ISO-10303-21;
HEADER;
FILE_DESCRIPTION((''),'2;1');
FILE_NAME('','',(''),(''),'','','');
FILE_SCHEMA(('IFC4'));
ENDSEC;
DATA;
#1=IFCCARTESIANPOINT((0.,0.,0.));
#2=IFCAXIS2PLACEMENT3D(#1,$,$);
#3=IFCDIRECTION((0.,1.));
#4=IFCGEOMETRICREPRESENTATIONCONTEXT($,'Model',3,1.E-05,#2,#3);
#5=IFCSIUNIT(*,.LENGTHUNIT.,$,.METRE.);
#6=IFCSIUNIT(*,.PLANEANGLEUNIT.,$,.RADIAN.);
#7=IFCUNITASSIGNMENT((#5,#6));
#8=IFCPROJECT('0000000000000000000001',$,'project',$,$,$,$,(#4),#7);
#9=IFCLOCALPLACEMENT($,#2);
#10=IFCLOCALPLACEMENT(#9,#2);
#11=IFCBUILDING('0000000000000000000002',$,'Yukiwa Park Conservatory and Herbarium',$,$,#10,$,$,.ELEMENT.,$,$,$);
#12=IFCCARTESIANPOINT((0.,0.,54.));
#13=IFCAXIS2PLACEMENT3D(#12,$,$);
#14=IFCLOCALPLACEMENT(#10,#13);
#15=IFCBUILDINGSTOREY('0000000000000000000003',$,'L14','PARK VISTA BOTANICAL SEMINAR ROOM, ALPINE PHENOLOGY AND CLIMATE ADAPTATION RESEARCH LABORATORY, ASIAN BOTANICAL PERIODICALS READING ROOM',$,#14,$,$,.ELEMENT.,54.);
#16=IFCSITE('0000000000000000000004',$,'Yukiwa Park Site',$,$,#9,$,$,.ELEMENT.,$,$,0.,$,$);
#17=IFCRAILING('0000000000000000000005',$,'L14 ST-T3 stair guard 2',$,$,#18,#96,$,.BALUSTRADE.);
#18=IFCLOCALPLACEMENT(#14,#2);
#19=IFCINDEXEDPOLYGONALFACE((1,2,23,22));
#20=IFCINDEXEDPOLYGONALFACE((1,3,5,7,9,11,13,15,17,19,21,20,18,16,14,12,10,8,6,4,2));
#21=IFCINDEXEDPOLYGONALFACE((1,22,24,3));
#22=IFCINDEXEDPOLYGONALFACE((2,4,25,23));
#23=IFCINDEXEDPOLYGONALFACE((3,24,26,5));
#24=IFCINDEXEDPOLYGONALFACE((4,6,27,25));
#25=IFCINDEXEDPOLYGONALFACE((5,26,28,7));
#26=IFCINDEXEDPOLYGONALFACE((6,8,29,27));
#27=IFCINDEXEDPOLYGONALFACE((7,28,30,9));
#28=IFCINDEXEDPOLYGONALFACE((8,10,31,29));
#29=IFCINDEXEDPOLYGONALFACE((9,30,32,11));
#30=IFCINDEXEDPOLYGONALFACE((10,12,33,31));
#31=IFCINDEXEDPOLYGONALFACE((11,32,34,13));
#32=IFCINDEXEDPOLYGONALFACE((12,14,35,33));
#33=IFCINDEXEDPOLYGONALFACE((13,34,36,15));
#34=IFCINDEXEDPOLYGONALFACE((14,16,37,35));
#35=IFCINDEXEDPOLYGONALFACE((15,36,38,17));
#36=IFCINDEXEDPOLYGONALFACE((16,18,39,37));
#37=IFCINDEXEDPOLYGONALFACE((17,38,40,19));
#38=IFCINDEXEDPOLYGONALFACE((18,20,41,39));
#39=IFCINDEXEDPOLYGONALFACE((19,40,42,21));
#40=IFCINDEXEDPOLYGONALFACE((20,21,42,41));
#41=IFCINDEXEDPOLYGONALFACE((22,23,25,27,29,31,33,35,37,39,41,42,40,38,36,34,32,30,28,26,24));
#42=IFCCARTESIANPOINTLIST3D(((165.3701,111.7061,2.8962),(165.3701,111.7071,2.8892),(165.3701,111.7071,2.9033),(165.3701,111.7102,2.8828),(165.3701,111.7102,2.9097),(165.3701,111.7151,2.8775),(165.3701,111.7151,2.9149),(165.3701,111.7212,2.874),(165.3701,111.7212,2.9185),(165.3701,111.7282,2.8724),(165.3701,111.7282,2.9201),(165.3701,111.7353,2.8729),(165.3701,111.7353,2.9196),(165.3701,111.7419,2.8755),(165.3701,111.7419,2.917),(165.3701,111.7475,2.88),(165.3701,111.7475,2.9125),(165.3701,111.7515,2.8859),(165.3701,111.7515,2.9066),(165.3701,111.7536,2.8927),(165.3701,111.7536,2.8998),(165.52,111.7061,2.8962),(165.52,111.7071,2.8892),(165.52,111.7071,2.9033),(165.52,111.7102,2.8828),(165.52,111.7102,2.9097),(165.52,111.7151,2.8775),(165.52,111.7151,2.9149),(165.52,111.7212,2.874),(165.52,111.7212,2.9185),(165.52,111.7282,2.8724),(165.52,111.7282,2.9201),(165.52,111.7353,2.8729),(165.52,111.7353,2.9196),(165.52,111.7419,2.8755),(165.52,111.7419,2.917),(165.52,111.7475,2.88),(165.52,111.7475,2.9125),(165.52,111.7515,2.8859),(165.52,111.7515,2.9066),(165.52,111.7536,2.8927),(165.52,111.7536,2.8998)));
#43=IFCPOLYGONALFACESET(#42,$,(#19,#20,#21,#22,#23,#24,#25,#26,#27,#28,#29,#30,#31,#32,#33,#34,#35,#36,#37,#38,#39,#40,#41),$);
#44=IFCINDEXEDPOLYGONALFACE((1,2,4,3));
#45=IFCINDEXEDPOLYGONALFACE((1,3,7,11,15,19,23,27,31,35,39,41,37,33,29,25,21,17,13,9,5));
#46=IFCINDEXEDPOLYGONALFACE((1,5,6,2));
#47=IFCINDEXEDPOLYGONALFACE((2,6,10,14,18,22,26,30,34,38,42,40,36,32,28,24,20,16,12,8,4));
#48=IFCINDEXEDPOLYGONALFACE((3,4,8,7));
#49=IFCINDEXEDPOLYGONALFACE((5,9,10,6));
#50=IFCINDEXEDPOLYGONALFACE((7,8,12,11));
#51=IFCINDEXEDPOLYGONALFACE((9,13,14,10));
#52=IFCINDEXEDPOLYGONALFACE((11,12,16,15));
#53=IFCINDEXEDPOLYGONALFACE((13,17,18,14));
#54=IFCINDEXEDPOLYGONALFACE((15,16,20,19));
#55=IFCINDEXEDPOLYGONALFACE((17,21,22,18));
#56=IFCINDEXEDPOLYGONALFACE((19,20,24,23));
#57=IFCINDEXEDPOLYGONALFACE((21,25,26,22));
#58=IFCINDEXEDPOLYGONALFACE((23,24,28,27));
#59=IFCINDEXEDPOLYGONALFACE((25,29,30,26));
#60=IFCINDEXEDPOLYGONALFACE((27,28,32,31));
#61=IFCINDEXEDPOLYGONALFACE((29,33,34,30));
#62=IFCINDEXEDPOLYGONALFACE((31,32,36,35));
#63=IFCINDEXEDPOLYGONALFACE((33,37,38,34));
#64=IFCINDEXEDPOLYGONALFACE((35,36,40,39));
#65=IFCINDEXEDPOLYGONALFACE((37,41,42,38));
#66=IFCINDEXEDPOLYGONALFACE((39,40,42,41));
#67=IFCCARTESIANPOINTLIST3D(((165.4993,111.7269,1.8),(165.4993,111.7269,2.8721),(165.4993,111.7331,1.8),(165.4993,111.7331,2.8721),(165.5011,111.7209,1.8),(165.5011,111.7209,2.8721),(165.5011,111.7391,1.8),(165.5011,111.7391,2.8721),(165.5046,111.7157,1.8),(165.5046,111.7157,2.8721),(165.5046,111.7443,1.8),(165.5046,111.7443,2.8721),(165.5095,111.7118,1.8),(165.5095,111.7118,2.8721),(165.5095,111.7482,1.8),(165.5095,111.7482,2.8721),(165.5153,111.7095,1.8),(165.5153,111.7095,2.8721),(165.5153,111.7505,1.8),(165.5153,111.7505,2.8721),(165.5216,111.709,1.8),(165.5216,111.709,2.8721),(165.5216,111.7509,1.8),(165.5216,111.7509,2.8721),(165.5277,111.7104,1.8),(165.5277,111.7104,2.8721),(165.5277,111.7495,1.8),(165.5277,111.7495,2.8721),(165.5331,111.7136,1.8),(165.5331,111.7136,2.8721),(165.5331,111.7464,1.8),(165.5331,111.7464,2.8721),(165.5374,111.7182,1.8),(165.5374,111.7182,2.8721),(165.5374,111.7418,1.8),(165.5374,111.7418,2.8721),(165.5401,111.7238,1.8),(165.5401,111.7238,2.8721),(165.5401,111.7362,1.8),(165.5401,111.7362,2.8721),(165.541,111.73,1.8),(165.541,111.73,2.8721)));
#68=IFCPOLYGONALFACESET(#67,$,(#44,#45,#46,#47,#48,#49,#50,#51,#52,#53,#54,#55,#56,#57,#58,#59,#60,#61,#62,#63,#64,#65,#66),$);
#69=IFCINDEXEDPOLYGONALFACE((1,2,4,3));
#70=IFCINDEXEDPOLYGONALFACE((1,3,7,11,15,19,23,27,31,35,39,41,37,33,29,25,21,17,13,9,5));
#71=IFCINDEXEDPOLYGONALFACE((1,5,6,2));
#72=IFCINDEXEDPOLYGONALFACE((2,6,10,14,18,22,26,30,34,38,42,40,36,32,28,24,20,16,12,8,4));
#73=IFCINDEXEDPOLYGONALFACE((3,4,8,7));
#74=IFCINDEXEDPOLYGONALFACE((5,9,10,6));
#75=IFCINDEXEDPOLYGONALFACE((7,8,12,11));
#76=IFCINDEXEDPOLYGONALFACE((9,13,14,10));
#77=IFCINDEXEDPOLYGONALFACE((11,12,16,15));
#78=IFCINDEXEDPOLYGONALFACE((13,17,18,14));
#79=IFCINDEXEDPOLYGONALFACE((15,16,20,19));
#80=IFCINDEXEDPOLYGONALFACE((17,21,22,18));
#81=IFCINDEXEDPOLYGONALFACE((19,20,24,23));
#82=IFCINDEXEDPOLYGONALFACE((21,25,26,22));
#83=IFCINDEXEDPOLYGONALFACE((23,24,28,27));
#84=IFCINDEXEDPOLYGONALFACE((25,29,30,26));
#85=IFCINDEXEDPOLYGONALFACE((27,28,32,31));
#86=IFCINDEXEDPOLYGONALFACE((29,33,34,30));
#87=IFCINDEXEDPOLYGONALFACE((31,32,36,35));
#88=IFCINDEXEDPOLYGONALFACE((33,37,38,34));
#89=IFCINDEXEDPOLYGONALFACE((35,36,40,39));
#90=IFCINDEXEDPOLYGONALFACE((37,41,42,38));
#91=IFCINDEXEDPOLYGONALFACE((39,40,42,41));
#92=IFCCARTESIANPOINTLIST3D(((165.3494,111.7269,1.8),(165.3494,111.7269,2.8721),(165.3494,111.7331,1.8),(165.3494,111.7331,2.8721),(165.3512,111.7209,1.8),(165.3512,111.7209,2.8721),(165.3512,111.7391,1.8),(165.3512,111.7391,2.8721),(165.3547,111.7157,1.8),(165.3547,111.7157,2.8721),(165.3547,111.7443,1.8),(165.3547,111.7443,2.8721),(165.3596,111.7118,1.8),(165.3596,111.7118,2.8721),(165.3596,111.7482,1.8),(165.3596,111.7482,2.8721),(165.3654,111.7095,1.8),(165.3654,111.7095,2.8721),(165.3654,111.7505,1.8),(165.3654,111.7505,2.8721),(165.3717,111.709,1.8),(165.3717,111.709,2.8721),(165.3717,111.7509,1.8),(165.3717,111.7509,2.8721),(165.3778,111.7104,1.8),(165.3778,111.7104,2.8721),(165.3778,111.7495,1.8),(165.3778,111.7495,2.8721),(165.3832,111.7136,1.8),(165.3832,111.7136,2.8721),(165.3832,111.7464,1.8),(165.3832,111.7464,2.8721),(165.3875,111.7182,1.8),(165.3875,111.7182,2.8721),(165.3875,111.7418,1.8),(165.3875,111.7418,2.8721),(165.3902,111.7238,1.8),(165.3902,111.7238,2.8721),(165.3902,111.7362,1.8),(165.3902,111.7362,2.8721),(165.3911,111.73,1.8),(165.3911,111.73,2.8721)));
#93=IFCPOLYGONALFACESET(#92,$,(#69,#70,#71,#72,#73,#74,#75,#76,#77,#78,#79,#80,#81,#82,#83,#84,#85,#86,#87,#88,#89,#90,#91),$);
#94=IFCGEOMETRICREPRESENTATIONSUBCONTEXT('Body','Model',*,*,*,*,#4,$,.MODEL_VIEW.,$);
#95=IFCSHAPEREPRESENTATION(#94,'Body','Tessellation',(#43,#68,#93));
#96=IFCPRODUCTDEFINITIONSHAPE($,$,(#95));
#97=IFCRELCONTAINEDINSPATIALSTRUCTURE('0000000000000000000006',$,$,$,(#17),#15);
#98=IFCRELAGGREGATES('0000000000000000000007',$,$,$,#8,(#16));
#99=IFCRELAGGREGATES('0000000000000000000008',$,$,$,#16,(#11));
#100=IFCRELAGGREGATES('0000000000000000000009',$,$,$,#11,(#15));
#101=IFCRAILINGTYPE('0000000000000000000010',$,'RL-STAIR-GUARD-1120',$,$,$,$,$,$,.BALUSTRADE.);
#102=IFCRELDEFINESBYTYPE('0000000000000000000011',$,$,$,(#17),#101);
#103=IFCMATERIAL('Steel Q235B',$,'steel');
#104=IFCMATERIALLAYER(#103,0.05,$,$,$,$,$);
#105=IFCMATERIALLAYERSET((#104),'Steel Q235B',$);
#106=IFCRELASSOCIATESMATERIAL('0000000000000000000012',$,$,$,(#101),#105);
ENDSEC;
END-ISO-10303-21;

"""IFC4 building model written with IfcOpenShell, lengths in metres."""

from ifc_helpers import new_model, si_unit, direction, frame, origin, origin_2d, place, context, subcontext, project, spatial, circle, extrude, material, layer, layer_set, type_object, element, save


model = new_model("IFC4")

# Units and contexts
model_context = context("Model", 3, precision=1e-05, world=origin(), true_north=direction((0.0, 1.0)))
body_context = subcontext(model_context, "Body", "Model", "MODEL_VIEW")
ifc_project = project(units=[si_unit("LENGTHUNIT", "METRE"), si_unit("PLANEANGLEUNIT", "RADIAN")], contexts=[model_context])

# Site, building, storey
site_placement = place(None, origin())
site = spatial("IfcSite", under=ifc_project, at=site_placement, Name="Yukiwa Park Site", CompositionType="ELEMENT", RefElevation=0.0)
building_placement = place(site_placement, origin())
building = spatial("IfcBuilding", under=site, at=building_placement, Name="Yukiwa Park Conservatory and Herbarium", CompositionType="ELEMENT")
storey_placement = place(building_placement, frame((0.0, 0.0, 54.0)))
storey = spatial("IfcBuildingStorey", under=building, at=storey_placement, Name="L14", Description="PARK VISTA BOTANICAL SEMINAR ROOM, ALPINE PHENOLOGY AND CLIMATE ADAPTATION RESEARCH LABORATORY, ASIAN BOTANICAL PERIODICALS READING ROOM", CompositionType="ELEMENT", Elevation=54.0)

# Railing
ifc_material_1 = material(Name="Steel Q235B", Category="steel")
ifc_layer_1 = layer(ifc_material_1, 0.05)
ifc_layer_set_1 = layer_set([ifc_layer_1], Name="Steel Q235B")
railing_type_1 = type_object("IfcRailingType", Name="RL-STAIR-GUARD-1120", PredefinedType="BALUSTRADE", material=ifc_layer_set_1)
railing_1_placement = place(storey_placement, frame((165.52, 111.73, 1.8)))
element("IfcRailing", 1, at=railing_1_placement, inside=storey, type_object=railing_type_1, Name="L14 ST-T3 stair guard 2", PredefinedType="BALUSTRADE", context=body_context, shape_type="SweptSolid", body=[
    extrude(circle(Radius=0.0239, at=origin_2d()), frame((0.0, 0.0, 1.0962), z_axis=(-1.0, 0.0, 0.0), x_axis=(0.0, -1.0, 0.0)), (0.0, 0.0, 1.0), 0.1499),
    extrude(circle(Radius=0.021, at=origin_2d()), origin(), (0.0, 0.0, 1.0), 1.072),
    extrude(circle(Radius=0.021, at=origin_2d()), frame((-0.1499, 0.0, 0.0)), (0.0, 0.0, 1.0), 1.072),
])

save(model, "model.ifc")
